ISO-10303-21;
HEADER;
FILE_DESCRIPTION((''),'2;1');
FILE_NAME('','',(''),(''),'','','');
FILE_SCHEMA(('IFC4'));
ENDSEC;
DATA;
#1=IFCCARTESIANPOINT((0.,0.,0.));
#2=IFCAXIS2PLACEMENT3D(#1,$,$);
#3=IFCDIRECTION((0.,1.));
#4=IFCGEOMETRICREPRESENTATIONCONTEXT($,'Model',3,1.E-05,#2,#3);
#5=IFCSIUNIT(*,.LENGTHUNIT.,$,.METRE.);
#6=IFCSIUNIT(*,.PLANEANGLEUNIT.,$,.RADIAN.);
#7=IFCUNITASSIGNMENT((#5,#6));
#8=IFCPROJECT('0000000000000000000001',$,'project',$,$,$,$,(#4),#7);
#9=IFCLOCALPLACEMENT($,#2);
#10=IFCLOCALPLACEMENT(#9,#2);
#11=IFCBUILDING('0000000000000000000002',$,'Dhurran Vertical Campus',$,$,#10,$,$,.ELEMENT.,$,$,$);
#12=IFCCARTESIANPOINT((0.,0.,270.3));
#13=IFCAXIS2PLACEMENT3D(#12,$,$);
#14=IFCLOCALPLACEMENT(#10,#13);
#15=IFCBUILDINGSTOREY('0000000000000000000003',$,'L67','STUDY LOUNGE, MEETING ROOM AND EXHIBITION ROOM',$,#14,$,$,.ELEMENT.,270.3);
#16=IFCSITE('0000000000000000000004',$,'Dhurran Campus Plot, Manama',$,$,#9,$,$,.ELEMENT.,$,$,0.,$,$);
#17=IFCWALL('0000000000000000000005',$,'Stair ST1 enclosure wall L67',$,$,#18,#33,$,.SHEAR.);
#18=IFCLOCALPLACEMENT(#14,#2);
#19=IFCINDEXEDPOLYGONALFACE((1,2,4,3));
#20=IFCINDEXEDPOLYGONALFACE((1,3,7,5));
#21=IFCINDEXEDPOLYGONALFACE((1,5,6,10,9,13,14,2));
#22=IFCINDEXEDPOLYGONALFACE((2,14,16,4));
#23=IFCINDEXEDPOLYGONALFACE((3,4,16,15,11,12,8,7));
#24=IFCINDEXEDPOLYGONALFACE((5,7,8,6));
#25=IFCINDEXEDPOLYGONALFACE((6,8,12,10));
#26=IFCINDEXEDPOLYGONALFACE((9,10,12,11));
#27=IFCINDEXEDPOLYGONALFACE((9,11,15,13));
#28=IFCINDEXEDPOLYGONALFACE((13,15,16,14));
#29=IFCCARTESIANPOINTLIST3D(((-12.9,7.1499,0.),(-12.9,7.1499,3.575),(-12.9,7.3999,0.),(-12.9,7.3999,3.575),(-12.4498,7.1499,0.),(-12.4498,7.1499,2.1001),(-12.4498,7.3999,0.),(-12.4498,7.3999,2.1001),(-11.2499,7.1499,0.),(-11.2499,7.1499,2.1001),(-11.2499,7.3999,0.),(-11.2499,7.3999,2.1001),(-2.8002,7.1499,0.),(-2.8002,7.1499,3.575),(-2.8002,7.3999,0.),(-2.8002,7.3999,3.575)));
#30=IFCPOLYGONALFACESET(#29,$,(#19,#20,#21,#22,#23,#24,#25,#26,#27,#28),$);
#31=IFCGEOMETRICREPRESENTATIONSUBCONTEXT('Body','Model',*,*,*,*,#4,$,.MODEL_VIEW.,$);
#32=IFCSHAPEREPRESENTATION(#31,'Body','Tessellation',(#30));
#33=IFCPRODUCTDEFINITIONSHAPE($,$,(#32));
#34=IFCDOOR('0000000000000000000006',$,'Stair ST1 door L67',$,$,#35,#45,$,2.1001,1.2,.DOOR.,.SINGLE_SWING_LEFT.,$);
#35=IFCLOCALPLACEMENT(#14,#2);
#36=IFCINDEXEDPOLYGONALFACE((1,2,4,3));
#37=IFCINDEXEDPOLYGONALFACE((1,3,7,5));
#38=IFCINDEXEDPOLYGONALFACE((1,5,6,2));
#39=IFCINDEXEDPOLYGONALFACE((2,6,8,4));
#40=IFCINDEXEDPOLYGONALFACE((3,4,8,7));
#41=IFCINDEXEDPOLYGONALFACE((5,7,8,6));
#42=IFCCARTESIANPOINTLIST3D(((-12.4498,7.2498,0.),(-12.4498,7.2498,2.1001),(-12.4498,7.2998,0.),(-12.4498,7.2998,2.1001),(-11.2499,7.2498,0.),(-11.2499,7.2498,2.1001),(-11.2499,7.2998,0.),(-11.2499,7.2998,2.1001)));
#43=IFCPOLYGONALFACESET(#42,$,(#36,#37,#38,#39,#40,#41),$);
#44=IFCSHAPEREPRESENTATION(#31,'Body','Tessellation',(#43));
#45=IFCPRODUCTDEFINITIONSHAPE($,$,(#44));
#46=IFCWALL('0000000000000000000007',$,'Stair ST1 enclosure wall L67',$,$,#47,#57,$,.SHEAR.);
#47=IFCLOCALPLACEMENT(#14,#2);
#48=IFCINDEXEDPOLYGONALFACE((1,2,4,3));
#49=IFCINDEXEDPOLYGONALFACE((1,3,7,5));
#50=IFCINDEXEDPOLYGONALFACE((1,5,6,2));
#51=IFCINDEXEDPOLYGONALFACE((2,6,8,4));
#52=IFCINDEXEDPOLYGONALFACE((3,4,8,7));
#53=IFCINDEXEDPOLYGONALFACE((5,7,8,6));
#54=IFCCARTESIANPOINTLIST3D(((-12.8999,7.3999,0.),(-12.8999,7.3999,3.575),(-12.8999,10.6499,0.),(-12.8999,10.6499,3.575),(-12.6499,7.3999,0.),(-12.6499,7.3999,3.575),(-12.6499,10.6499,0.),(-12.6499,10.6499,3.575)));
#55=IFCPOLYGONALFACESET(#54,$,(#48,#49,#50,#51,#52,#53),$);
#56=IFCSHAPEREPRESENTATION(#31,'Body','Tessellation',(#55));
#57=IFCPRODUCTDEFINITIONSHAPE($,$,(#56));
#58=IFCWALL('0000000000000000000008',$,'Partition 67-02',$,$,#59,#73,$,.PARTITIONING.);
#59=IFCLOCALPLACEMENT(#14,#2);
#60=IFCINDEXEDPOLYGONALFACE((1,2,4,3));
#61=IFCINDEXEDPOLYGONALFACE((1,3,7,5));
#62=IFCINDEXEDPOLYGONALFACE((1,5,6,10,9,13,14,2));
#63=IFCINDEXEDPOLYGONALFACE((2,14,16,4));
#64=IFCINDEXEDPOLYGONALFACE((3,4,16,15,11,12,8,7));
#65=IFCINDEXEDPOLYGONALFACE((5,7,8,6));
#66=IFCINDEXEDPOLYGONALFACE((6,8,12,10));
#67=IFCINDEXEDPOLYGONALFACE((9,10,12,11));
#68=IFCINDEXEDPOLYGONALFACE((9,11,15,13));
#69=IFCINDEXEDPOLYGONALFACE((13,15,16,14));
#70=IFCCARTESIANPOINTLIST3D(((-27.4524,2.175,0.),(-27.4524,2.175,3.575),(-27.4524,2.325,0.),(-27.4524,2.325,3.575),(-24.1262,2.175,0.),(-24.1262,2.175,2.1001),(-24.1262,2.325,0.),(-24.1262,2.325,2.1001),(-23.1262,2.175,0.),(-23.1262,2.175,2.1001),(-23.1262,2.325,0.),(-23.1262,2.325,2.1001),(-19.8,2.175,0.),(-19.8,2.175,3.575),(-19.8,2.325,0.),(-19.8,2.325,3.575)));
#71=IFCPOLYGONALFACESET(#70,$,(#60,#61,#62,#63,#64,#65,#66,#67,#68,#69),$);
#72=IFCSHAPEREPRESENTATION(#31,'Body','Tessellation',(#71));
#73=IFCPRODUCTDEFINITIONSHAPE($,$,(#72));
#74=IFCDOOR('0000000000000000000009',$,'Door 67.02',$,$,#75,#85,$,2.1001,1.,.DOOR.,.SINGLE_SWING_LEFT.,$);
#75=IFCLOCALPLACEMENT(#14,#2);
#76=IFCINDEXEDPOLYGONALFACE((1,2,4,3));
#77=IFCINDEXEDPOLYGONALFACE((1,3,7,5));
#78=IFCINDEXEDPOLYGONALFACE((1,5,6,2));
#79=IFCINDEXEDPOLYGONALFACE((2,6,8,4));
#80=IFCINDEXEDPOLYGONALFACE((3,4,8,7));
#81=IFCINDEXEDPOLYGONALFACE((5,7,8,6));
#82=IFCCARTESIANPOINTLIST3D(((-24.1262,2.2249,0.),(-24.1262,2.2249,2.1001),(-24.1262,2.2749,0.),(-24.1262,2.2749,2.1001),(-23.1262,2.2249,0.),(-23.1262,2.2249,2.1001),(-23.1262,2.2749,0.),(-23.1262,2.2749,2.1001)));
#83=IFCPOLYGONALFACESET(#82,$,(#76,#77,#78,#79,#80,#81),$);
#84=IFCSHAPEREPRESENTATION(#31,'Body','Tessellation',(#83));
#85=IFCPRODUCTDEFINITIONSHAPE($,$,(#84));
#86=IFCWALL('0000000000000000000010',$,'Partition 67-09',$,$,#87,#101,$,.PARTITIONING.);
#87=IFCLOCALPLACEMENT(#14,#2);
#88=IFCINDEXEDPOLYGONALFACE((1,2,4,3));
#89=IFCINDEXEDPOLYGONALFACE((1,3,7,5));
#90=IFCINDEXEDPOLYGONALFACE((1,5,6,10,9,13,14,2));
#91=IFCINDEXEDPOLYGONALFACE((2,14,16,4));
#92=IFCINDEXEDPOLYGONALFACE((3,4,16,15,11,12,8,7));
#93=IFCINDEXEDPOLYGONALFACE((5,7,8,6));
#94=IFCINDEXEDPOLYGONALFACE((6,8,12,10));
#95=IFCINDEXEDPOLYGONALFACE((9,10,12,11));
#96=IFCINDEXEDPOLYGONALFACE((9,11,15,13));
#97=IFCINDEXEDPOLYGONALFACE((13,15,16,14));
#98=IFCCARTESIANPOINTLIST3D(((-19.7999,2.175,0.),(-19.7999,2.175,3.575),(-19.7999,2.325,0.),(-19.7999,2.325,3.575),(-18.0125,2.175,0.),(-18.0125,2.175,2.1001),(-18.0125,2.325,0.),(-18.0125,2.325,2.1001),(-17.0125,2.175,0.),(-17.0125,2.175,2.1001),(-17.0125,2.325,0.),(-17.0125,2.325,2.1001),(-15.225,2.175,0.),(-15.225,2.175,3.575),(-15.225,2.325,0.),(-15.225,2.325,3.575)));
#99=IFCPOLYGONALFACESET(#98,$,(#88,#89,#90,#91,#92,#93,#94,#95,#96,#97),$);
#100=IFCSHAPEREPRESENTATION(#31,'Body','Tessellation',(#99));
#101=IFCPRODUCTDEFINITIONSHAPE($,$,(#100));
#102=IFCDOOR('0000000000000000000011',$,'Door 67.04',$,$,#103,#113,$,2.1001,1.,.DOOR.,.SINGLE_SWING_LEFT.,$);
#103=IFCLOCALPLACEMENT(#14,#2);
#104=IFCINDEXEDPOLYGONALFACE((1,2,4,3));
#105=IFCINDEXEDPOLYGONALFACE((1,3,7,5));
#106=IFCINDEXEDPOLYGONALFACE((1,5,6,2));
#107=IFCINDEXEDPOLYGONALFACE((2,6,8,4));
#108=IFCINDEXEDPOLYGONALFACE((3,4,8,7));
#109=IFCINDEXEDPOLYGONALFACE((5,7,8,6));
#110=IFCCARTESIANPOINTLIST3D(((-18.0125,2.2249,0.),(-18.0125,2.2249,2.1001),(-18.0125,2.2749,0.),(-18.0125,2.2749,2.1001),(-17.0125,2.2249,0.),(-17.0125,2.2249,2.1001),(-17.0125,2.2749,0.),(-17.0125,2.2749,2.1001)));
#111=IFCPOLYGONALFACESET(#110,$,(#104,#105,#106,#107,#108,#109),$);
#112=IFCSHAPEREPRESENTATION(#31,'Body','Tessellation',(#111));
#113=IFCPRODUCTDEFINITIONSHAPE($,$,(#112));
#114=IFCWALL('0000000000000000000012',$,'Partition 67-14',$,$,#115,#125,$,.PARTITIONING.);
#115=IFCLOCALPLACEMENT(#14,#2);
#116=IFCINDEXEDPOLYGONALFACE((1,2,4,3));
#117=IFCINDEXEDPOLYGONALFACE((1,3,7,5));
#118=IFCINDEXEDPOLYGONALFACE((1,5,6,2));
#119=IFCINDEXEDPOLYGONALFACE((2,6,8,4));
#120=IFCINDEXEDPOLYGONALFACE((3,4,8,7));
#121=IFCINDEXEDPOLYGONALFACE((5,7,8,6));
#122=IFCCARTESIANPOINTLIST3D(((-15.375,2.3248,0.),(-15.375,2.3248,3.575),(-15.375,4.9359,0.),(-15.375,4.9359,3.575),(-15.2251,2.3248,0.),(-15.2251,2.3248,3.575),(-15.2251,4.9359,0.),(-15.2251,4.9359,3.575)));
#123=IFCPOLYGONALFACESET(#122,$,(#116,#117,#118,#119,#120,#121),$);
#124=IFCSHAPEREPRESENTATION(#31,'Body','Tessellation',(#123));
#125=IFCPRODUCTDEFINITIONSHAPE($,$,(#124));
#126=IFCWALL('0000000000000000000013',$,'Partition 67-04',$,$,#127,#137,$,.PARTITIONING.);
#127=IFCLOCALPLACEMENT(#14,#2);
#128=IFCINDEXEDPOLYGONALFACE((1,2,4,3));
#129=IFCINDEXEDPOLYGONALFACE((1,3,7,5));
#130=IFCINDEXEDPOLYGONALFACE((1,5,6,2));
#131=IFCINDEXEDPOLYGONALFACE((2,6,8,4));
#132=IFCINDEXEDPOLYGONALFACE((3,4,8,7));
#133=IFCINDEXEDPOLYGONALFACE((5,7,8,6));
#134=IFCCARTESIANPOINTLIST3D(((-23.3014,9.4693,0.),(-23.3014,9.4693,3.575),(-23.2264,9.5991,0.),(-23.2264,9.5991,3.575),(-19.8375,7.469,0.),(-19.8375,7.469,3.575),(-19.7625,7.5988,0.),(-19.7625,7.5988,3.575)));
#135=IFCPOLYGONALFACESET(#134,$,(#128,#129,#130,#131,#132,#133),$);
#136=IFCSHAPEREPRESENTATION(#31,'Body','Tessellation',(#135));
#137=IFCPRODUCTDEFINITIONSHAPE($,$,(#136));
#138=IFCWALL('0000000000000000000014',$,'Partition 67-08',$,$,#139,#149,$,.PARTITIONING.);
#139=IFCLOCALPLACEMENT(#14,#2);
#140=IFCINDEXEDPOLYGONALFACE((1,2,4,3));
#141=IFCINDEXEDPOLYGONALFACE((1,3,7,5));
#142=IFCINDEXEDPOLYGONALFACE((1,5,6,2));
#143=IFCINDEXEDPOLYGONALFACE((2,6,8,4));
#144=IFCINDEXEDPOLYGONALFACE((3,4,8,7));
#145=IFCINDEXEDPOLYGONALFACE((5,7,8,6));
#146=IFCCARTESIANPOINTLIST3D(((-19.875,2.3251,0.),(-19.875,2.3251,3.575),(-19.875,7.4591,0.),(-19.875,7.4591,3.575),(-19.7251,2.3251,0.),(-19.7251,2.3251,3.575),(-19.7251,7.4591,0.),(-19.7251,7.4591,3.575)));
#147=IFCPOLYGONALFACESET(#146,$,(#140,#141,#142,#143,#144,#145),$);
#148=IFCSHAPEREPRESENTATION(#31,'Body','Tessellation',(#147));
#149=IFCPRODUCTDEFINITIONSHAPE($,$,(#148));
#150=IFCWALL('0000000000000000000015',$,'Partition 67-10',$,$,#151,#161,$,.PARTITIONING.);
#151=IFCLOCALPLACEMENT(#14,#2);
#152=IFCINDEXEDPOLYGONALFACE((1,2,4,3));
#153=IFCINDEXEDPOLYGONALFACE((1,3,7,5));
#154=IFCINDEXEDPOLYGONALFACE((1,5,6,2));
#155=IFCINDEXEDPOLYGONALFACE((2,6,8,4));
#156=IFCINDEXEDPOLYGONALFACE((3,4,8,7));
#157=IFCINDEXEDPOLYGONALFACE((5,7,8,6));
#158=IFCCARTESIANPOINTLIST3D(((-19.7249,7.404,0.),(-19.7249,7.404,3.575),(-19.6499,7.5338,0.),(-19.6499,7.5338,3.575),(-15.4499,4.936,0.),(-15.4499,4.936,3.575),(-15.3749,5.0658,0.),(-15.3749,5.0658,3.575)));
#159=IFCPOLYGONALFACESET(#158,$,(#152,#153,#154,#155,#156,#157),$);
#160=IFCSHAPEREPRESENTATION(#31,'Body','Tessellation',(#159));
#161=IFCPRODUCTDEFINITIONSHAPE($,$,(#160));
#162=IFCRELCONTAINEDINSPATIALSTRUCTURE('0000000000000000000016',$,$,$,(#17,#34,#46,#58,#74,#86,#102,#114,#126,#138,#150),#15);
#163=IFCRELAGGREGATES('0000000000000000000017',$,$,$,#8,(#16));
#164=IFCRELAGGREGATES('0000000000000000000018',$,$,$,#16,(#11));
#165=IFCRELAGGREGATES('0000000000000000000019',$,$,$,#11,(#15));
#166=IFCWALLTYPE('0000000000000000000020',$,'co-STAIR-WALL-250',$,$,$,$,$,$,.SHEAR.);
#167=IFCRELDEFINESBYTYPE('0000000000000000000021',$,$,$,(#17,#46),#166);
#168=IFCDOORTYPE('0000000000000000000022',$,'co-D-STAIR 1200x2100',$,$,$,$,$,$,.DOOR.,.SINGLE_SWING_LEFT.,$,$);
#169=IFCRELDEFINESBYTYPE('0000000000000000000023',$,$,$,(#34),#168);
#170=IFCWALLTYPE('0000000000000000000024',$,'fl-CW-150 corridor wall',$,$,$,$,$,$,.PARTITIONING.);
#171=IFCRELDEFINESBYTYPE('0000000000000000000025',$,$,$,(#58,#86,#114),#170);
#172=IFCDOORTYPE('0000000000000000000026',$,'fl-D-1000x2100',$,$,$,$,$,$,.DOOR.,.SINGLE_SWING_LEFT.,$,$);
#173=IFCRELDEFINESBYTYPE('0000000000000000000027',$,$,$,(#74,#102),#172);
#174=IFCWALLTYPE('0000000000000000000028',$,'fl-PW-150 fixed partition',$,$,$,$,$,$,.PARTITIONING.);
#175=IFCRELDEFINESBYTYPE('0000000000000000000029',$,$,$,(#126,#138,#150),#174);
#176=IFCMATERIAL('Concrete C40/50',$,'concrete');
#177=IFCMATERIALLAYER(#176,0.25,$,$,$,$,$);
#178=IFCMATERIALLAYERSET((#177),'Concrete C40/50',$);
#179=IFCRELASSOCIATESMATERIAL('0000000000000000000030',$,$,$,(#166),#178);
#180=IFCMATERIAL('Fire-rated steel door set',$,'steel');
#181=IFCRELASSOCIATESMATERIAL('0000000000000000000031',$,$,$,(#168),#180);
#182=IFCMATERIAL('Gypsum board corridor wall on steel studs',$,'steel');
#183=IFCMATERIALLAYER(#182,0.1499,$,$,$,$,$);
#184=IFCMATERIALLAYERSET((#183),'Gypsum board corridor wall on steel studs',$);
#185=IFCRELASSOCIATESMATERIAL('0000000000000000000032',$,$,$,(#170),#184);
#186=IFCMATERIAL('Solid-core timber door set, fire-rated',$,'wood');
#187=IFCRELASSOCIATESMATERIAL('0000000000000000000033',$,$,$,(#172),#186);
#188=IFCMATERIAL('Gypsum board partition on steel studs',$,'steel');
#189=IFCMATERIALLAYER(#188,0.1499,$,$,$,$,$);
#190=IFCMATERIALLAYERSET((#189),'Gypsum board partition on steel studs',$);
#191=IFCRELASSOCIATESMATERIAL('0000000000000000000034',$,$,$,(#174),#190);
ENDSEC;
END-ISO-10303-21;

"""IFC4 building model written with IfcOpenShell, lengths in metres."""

from ifc_helpers import new_model, si_unit, direction, frame, frame_2d, origin, place, context, subcontext, project, spatial, rectangle, extrude, material, layer, layer_set, type_object, element, fill, save


model = new_model("IFC4")

# Units and contexts
model_context = context("Model", 3, precision=1e-05, world=origin(), true_north=direction((0.0, 1.0)))
body_context = subcontext(model_context, "Body", "Model", "MODEL_VIEW")
ifc_project = project(units=[si_unit("LENGTHUNIT", "METRE"), si_unit("PLANEANGLEUNIT", "RADIAN")], contexts=[model_context])

# Site, building, storey
site_placement = place(None, origin())
site = spatial("IfcSite", under=ifc_project, at=site_placement, Name="Dhurran Campus Plot, Manama", CompositionType="ELEMENT", RefElevation=0.0)
building_placement = place(site_placement, origin())
building = spatial("IfcBuilding", under=site, at=building_placement, Name="Dhurran Vertical Campus", CompositionType="ELEMENT")
storey_placement = place(building_placement, frame((0.0, 0.0, 270.3)))
storey = spatial("IfcBuildingStorey", under=building, at=storey_placement, Name="L67", Description="STUDY LOUNGE, MEETING ROOM AND EXHIBITION ROOM", CompositionType="ELEMENT", Elevation=270.3)

# Wall, opening, door
ifc_material_1 = material(Name="Concrete C40/50", Category="concrete")
ifc_layer_1 = layer(ifc_material_1, 0.25)
ifc_layer_set_1 = layer_set([ifc_layer_1], Name="Concrete C40/50")
wall_type_1 = type_object("IfcWallType", Name="co-STAIR-WALL-250", PredefinedType="SHEAR", material=ifc_layer_set_1)
wall_1_placement = place(storey_placement, frame((-12.8999, 7.2749, 0.0), z_axis=(0.0, 0.0, 1.0), x_axis=(1.0, 0.0, 0.0)))
wall_1 = element("IfcWall", 1, at=wall_1_placement, inside=storey, type_object=wall_type_1, Name="Stair ST1 enclosure wall L67", PredefinedType="SHEAR", context=body_context, shape_type="SweptSolid", body=[
    extrude(rectangle(XDim=10.0999, YDim=0.25, at=frame_2d((5.0498, 0.0))), origin(), (0.0, 0.0, 1.0), 3.575),
])
opening_1_placement = place(wall_1_placement, frame((0.45, 0.0, 0.0)))
opening_1 = element("IfcOpeningElement", 2, at=opening_1_placement, cuts=wall_1, PredefinedType="OPENING", context=body_context, shape_type="SweptSolid", body=[
    extrude(rectangle(XDim=1.2, YDim=2.1001, at=frame_2d((0.6001, 1.05))), frame((0.0, 0.135, 0.0), z_axis=(0.0, -1.0, 0.0), x_axis=(1.0, 0.0, 0.0)), (0.0, 0.0, 1.0), 0.27),
])
ifc_material_2 = material(Name="Fire-rated steel door set", Category="steel")
door_type_1 = type_object("IfcDoorType", Name="co-D-STAIR 1200x2100", OperationType="SINGLE_SWING_LEFT", PredefinedType="DOOR", material=ifc_material_2)
door_1_placement = place(opening_1_placement, origin())
door_1 = element("IfcDoor", 3, at=door_1_placement, inside=storey, type_object=door_type_1, Name="Stair ST1 door L67", OperationType="SINGLE_SWING_LEFT", OverallHeight=2.1001, OverallWidth=1.2, PredefinedType="DOOR", context=body_context, shape_type="SweptSolid", body=[
    extrude(rectangle(XDim=1.2, YDim=2.1001, at=frame_2d((0.6001, 1.05))), frame((0.0, 0.0249, 0.0), z_axis=(0.0, -1.0, 0.0), x_axis=(1.0, 0.0, 0.0)), (0.0, 0.0, 1.0), 0.05),
])
fill(opening_1, door_1)

# Wall
wall_2_placement = place(storey_placement, frame((-12.7749, 7.3999, 0.0), z_axis=(0.0, 0.0, 1.0), x_axis=(0.0, 1.0, 0.0)))
element("IfcWall", 4, at=wall_2_placement, inside=storey, type_object=wall_type_1, Name="Stair ST1 enclosure wall L67", PredefinedType="SHEAR", context=body_context, shape_type="SweptSolid", body=[
    extrude(rectangle(XDim=3.25, YDim=0.25, at=frame_2d((1.625, 0.0))), origin(), (0.0, 0.0, 1.0), 3.575),
])

# Walls, openings, doors
ifc_material_3 = material(Name="Gypsum board corridor wall on steel studs", Category="steel")
ifc_layer_2 = layer(ifc_material_3, 0.1499)
ifc_layer_set_2 = layer_set([ifc_layer_2], Name="Gypsum board corridor wall on steel studs")
wall_type_2 = type_object("IfcWallType", Name="fl-CW-150 corridor wall", PredefinedType="PARTITIONING", material=ifc_layer_set_2)
wall_3_placement = place(storey_placement, frame((-27.4524, 2.25, 0.0), z_axis=(0.0, 0.0, 1.0), x_axis=(1.0, 0.0, 0.0)))
wall_3 = element("IfcWall", 5, at=wall_3_placement, inside=storey, type_object=wall_type_2, Name="Partition 67-02", PredefinedType="PARTITIONING", context=body_context, shape_type="SweptSolid", body=[
    extrude(rectangle(XDim=7.6523, YDim=0.1499, at=frame_2d((3.8262, 0.0))), origin(), (0.0, 0.0, 1.0), 3.575),
])
opening_2_placement = place(wall_3_placement, frame((3.3262, 0.0, 0.0)))
opening_2 = element("IfcOpeningElement", 6, at=opening_2_placement, cuts=wall_3, PredefinedType="OPENING", context=body_context, shape_type="SweptSolid", body=[
    extrude(rectangle(XDim=1.0, YDim=2.1001, at=frame_2d((0.5, 1.05))), frame((0.0, 0.085, 0.0), z_axis=(0.0, -1.0, 0.0), x_axis=(1.0, 0.0, 0.0)), (0.0, 0.0, 1.0), 0.1699),
])
ifc_material_4 = material(Name="Solid-core timber door set, fire-rated", Category="wood")
door_type_2 = type_object("IfcDoorType", Name="fl-D-1000x2100", OperationType="SINGLE_SWING_LEFT", PredefinedType="DOOR", material=ifc_material_4)
door_2_placement = place(opening_2_placement, origin())
door_2 = element("IfcDoor", 7, at=door_2_placement, inside=storey, type_object=door_type_2, Name="Door 67.02", OperationType="SINGLE_SWING_LEFT", OverallHeight=2.1001, OverallWidth=1.0, PredefinedType="DOOR", context=body_context, shape_type="SweptSolid", body=[
    extrude(rectangle(XDim=1.0, YDim=2.1001, at=frame_2d((0.5, 1.05))), frame((0.0, 0.0249, 0.0), z_axis=(0.0, -1.0, 0.0), x_axis=(1.0, 0.0, 0.0)), (0.0, 0.0, 1.0), 0.05),
])
fill(opening_2, door_2)
wall_4_placement = place(storey_placement, frame((-19.8, 2.25, 0.0), z_axis=(0.0, 0.0, 1.0), x_axis=(1.0, 0.0, 0.0)))
wall_4 = element("IfcWall", 8, at=wall_4_placement, inside=storey, type_object=wall_type_2, Name="Partition 67-09", PredefinedType="PARTITIONING", context=body_context, shape_type="SweptSolid", body=[
    extrude(rectangle(XDim=4.575, YDim=0.1499, at=frame_2d((2.2876, 0.0))), origin(), (0.0, 0.0, 1.0), 3.575),
])
opening_3_placement = place(wall_4_placement, frame((1.7876, 0.0, 0.0)))
opening_3 = element("IfcOpeningElement", 9, at=opening_3_placement, cuts=wall_4, PredefinedType="OPENING", context=body_context, shape_type="SweptSolid", body=[
    extrude(rectangle(XDim=1.0, YDim=2.1001, at=frame_2d((0.5, 1.05))), frame((0.0, 0.085, 0.0), z_axis=(0.0, -1.0, 0.0), x_axis=(1.0, 0.0, 0.0)), (0.0, 0.0, 1.0), 0.1699),
])
door_3_placement = place(opening_3_placement, origin())
door_3 = element("IfcDoor", 10, at=door_3_placement, inside=storey, type_object=door_type_2, Name="Door 67.04", OperationType="SINGLE_SWING_LEFT", OverallHeight=2.1001, OverallWidth=1.0, PredefinedType="DOOR", context=body_context, shape_type="SweptSolid", body=[
    extrude(rectangle(XDim=1.0, YDim=2.1001, at=frame_2d((0.5, 1.05))), frame((0.0, 0.0249, 0.0), z_axis=(0.0, -1.0, 0.0), x_axis=(1.0, 0.0, 0.0)), (0.0, 0.0, 1.0), 0.05),
])
fill(opening_3, door_3)

# Walls
wall_5_placement = place(storey_placement, frame((-15.3, 4.936, 0.0), z_axis=(0.0, 0.0, 1.0), x_axis=(0.0, -1.0, 0.0)))
element("IfcWall", 11, at=wall_5_placement, inside=storey, type_object=wall_type_2, Name="Partition 67-14", PredefinedType="PARTITIONING", context=body_context, shape_type="SweptSolid", body=[
    extrude(rectangle(XDim=2.6111, YDim=0.1499, at=frame_2d((1.3057, 0.0))), origin(), (0.0, 0.0, 1.0), 3.575),
])
ifc_material_5 = material(Name="Gypsum board partition on steel studs", Category="steel")
ifc_layer_3 = layer(ifc_material_5, 0.1499)
ifc_layer_set_3 = layer_set([ifc_layer_3], Name="Gypsum board partition on steel studs")
wall_type_3 = type_object("IfcWallType", Name="fl-PW-150 fixed partition", PredefinedType="PARTITIONING", material=ifc_layer_set_3)
wall_6_placement = place(storey_placement, frame((-23.2639, 9.5342, 0.0), z_axis=(0.0, 0.0, 1.0), x_axis=(0.865984, -0.500071, 0.0)))
element("IfcWall", 12, at=wall_6_placement, inside=storey, type_object=wall_type_3, Name="Partition 67-04", PredefinedType="PARTITIONING", context=body_context, shape_type="SweptSolid", body=[
    extrude(rectangle(XDim=4.0, YDim=0.1499, at=frame_2d((2.0, 0.0))), origin(), (0.0, 0.0, 1.0), 3.575),
])
wall_7_placement = place(storey_placement, frame((-19.8, 7.459, 0.0), z_axis=(0.0, 0.0, 1.0), x_axis=(0.0, -1.0, 0.0)))
element("IfcWall", 13, at=wall_7_placement, inside=storey, type_object=wall_type_3, Name="Partition 67-08", PredefinedType="PARTITIONING", context=body_context, shape_type="SweptSolid", body=[
    extrude(rectangle(XDim=5.134, YDim=0.1499, at=frame_2d((2.5669, 0.0))), origin(), (0.0, 0.0, 1.0), 3.575),
])
wall_8_placement = place(storey_placement, frame((-19.6875, 7.469, 0.0), z_axis=(0.0, 0.0, 1.0), x_axis=(0.866034, -0.499985, 0.0)))
element("IfcWall", 14, at=wall_8_placement, inside=storey, type_object=wall_type_3, Name="Partition 67-10", PredefinedType="PARTITIONING", context=body_context, shape_type="SweptSolid", body=[
    extrude(rectangle(XDim=4.9363, YDim=0.1499, at=frame_2d((2.4683, 0.0))), origin(), (0.0, 0.0, 1.0), 3.575),
])

save(model, "model.ifc")
